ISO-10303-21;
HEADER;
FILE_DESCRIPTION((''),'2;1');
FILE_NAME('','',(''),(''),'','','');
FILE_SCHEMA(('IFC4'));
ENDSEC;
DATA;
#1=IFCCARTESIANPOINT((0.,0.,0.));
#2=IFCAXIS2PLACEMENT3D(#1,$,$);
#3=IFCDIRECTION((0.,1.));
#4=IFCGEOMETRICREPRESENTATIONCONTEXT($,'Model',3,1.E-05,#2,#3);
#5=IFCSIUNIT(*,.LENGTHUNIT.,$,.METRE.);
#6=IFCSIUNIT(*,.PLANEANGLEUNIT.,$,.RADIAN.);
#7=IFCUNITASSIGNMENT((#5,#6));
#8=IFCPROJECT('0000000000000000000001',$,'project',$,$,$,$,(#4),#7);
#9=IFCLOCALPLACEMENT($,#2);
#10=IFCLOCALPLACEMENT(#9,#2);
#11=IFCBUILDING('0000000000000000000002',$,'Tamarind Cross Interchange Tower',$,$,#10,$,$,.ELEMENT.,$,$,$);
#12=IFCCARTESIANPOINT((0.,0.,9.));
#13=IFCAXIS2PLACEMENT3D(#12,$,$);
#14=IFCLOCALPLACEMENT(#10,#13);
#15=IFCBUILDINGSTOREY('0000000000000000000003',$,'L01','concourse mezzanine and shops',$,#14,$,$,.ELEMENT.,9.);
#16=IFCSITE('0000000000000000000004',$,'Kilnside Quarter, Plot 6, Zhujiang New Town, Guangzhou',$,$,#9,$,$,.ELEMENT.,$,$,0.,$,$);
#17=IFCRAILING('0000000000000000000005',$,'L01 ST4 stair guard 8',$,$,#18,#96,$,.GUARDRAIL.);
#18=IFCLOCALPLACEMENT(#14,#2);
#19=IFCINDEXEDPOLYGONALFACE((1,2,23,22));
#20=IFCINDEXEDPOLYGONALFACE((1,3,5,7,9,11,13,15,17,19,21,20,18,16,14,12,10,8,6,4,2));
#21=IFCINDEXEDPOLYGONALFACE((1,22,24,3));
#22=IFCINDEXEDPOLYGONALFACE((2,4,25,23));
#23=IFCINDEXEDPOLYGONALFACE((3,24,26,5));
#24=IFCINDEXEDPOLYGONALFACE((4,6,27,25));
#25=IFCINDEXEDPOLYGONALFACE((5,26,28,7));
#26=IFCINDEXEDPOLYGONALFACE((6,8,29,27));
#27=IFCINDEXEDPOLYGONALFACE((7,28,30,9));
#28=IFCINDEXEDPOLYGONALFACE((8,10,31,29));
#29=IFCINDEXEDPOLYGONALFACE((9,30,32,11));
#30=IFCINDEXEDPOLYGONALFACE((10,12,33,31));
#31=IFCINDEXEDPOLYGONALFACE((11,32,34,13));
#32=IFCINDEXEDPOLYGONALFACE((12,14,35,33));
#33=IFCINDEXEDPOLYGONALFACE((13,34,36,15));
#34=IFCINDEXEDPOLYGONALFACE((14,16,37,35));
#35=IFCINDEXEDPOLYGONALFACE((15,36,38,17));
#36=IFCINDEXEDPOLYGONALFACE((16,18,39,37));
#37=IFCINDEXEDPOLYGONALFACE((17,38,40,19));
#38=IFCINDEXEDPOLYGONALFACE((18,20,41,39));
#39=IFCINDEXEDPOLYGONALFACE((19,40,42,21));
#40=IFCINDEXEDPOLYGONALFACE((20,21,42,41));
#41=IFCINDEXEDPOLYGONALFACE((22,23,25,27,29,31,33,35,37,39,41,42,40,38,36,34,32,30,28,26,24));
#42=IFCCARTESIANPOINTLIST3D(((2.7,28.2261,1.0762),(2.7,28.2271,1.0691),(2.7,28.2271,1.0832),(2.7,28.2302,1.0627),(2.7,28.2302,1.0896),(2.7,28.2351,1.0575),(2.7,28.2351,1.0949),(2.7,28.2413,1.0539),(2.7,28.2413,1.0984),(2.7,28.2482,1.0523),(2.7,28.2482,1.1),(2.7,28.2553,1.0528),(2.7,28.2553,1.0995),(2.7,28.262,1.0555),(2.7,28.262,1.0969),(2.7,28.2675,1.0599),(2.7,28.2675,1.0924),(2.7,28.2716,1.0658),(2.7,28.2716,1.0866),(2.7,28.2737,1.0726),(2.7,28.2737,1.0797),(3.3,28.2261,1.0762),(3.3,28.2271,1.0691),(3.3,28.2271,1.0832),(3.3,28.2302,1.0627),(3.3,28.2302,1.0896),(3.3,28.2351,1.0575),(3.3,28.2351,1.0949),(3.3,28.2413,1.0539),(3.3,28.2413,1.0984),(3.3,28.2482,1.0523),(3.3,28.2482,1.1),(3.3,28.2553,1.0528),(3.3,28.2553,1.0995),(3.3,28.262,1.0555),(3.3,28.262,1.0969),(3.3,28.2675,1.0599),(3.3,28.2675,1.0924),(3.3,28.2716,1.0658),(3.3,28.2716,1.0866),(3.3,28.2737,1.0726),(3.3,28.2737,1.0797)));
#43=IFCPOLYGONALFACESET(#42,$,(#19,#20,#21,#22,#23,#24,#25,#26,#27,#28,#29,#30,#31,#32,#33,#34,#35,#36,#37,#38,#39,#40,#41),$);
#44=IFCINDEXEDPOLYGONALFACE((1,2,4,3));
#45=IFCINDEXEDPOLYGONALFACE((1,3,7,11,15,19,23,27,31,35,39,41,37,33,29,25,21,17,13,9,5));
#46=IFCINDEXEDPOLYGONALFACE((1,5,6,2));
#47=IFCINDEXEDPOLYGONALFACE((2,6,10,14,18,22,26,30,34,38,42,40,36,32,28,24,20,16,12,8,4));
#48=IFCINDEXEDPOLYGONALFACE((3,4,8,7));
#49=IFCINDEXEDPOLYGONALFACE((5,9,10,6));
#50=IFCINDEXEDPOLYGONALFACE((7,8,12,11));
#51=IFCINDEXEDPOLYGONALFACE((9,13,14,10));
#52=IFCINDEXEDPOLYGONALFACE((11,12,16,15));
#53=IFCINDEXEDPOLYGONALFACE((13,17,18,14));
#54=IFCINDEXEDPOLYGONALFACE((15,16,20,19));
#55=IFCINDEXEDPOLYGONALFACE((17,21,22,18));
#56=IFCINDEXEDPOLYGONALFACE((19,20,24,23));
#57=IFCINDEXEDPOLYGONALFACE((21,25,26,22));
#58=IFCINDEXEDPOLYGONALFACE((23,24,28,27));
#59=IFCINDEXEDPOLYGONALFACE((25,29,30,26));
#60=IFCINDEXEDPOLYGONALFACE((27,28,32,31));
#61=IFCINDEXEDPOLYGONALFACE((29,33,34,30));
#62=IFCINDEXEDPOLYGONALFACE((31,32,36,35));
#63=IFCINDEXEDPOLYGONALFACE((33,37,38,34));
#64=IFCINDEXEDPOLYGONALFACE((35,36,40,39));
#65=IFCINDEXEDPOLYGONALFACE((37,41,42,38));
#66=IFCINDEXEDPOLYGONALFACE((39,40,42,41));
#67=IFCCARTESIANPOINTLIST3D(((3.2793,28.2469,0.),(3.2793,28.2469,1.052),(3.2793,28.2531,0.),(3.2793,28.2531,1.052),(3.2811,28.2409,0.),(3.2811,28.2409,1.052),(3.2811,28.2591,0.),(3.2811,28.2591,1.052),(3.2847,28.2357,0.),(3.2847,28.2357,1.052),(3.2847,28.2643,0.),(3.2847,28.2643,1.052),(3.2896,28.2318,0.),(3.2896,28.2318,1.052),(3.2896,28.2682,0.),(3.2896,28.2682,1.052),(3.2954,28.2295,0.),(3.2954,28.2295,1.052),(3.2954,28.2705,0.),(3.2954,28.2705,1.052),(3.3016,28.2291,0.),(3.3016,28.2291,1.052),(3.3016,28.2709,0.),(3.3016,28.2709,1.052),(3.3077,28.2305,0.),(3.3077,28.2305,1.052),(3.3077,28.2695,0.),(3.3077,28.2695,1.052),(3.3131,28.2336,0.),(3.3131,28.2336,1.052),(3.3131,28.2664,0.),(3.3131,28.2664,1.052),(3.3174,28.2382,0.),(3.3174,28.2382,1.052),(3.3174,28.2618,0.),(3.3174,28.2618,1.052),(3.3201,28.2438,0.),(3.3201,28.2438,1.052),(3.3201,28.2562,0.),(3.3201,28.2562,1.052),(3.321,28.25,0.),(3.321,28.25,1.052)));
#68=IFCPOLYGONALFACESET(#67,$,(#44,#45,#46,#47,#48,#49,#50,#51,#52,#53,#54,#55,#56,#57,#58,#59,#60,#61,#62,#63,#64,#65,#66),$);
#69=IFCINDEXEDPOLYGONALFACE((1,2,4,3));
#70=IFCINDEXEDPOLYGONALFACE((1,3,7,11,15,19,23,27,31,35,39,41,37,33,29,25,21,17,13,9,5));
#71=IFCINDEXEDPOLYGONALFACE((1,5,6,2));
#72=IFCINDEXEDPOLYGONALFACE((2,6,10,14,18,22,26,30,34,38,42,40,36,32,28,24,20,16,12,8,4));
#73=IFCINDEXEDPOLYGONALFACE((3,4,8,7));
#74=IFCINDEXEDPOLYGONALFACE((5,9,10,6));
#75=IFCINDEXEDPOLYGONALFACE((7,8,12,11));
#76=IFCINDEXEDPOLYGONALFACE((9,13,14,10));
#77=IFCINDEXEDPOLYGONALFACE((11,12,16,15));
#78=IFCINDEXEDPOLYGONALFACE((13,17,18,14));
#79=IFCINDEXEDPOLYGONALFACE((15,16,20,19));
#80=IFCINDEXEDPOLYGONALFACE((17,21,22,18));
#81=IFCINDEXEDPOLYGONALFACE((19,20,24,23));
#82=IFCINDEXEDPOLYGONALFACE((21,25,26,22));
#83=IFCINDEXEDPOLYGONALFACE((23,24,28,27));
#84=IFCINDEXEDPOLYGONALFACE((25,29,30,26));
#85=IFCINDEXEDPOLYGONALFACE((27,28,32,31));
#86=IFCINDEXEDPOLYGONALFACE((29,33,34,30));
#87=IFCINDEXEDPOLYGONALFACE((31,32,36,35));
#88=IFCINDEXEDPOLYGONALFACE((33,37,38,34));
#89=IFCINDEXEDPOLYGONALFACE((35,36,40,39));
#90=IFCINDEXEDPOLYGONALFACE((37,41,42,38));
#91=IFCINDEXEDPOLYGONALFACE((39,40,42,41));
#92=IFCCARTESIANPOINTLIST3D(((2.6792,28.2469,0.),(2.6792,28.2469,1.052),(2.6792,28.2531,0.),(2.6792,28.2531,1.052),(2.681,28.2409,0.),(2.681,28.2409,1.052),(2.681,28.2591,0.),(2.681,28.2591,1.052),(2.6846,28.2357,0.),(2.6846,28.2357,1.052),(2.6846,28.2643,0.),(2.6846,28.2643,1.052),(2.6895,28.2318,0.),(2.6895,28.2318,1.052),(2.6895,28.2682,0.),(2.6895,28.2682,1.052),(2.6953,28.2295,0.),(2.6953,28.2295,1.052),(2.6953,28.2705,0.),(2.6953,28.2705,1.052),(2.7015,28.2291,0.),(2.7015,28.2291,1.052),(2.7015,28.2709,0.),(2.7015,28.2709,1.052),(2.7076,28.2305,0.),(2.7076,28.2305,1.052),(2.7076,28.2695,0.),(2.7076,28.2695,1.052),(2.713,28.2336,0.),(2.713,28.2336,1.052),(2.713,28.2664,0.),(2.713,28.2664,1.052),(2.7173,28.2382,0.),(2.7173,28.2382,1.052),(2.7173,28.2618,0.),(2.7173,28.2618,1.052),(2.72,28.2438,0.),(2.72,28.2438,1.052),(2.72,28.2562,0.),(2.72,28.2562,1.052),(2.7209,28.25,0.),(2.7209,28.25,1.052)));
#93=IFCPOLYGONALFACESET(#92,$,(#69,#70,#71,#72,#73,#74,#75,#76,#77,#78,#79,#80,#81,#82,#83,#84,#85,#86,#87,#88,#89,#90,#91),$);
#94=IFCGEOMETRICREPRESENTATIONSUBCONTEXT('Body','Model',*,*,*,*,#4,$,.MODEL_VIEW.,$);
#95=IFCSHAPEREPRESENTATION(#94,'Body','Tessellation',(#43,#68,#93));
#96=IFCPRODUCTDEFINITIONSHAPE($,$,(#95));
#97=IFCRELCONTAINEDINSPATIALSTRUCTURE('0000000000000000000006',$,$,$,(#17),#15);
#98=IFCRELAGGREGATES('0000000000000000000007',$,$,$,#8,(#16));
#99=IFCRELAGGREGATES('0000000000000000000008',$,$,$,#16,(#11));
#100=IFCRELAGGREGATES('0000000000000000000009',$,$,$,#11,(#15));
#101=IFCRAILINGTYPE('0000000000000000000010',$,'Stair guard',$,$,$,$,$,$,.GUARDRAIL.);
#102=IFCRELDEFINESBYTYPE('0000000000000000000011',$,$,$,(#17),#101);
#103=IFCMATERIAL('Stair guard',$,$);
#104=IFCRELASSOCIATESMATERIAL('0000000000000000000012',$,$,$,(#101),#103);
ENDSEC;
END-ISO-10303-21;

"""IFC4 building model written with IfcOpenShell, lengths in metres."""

from ifc_helpers import new_model, si_unit, direction, frame, origin, origin_2d, place, context, subcontext, project, spatial, circle, extrude, material, type_object, element, save


model = new_model("IFC4")

# Units and contexts
model_context = context("Model", 3, precision=1e-05, world=origin(), true_north=direction((0.0, 1.0)))
body_context = subcontext(model_context, "Body", "Model", "MODEL_VIEW")
ifc_project = project(units=[si_unit("LENGTHUNIT", "METRE"), si_unit("PLANEANGLEUNIT", "RADIAN")], contexts=[model_context])

# Site, building, storey
site_placement = place(None, origin())
site = spatial("IfcSite", under=ifc_project, at=site_placement, Name="Kilnside Quarter, Plot 6, Zhujiang New Town, Guangzhou", CompositionType="ELEMENT", RefElevation=0.0)
building_placement = place(site_placement, origin())
building = spatial("IfcBuilding", under=site, at=building_placement, Name="Tamarind Cross Interchange Tower", CompositionType="ELEMENT")
storey_placement = place(building_placement, frame((0.0, 0.0, 9.0)))
storey = spatial("IfcBuildingStorey", under=building, at=storey_placement, Name="L01", Description="concourse mezzanine and shops", CompositionType="ELEMENT", Elevation=9.0)

# Railing
ifc_material_1 = material(Name="Stair guard")
railing_type_1 = type_object("IfcRailingType", Name="Stair guard", PredefinedType="GUARDRAIL", material=ifc_material_1)
railing_1_placement = place(storey_placement, frame((3.3, 28.25, 0.0)))
element("IfcRailing", 1, at=railing_1_placement, inside=storey, type_object=railing_type_1, Name="L01 ST4 stair guard 8", PredefinedType="GUARDRAIL", context=body_context, shape_type="SweptSolid", body=[
    extrude(circle(Radius=0.0239, at=origin_2d()), frame((0.0, 0.0, 1.0762), z_axis=(-1.0, 0.0, 0.0), x_axis=(0.0, -1.0, 0.0)), (0.0, 0.0, 1.0), 0.6001),
    extrude(circle(Radius=0.021, at=origin_2d()), origin(), (0.0, 0.0, 1.0), 1.052),
    extrude(circle(Radius=0.021, at=origin_2d()), frame((-0.6001, 0.0, 0.0)), (0.0, 0.0, 1.0), 1.052),
])

save(model, "model.ifc")
